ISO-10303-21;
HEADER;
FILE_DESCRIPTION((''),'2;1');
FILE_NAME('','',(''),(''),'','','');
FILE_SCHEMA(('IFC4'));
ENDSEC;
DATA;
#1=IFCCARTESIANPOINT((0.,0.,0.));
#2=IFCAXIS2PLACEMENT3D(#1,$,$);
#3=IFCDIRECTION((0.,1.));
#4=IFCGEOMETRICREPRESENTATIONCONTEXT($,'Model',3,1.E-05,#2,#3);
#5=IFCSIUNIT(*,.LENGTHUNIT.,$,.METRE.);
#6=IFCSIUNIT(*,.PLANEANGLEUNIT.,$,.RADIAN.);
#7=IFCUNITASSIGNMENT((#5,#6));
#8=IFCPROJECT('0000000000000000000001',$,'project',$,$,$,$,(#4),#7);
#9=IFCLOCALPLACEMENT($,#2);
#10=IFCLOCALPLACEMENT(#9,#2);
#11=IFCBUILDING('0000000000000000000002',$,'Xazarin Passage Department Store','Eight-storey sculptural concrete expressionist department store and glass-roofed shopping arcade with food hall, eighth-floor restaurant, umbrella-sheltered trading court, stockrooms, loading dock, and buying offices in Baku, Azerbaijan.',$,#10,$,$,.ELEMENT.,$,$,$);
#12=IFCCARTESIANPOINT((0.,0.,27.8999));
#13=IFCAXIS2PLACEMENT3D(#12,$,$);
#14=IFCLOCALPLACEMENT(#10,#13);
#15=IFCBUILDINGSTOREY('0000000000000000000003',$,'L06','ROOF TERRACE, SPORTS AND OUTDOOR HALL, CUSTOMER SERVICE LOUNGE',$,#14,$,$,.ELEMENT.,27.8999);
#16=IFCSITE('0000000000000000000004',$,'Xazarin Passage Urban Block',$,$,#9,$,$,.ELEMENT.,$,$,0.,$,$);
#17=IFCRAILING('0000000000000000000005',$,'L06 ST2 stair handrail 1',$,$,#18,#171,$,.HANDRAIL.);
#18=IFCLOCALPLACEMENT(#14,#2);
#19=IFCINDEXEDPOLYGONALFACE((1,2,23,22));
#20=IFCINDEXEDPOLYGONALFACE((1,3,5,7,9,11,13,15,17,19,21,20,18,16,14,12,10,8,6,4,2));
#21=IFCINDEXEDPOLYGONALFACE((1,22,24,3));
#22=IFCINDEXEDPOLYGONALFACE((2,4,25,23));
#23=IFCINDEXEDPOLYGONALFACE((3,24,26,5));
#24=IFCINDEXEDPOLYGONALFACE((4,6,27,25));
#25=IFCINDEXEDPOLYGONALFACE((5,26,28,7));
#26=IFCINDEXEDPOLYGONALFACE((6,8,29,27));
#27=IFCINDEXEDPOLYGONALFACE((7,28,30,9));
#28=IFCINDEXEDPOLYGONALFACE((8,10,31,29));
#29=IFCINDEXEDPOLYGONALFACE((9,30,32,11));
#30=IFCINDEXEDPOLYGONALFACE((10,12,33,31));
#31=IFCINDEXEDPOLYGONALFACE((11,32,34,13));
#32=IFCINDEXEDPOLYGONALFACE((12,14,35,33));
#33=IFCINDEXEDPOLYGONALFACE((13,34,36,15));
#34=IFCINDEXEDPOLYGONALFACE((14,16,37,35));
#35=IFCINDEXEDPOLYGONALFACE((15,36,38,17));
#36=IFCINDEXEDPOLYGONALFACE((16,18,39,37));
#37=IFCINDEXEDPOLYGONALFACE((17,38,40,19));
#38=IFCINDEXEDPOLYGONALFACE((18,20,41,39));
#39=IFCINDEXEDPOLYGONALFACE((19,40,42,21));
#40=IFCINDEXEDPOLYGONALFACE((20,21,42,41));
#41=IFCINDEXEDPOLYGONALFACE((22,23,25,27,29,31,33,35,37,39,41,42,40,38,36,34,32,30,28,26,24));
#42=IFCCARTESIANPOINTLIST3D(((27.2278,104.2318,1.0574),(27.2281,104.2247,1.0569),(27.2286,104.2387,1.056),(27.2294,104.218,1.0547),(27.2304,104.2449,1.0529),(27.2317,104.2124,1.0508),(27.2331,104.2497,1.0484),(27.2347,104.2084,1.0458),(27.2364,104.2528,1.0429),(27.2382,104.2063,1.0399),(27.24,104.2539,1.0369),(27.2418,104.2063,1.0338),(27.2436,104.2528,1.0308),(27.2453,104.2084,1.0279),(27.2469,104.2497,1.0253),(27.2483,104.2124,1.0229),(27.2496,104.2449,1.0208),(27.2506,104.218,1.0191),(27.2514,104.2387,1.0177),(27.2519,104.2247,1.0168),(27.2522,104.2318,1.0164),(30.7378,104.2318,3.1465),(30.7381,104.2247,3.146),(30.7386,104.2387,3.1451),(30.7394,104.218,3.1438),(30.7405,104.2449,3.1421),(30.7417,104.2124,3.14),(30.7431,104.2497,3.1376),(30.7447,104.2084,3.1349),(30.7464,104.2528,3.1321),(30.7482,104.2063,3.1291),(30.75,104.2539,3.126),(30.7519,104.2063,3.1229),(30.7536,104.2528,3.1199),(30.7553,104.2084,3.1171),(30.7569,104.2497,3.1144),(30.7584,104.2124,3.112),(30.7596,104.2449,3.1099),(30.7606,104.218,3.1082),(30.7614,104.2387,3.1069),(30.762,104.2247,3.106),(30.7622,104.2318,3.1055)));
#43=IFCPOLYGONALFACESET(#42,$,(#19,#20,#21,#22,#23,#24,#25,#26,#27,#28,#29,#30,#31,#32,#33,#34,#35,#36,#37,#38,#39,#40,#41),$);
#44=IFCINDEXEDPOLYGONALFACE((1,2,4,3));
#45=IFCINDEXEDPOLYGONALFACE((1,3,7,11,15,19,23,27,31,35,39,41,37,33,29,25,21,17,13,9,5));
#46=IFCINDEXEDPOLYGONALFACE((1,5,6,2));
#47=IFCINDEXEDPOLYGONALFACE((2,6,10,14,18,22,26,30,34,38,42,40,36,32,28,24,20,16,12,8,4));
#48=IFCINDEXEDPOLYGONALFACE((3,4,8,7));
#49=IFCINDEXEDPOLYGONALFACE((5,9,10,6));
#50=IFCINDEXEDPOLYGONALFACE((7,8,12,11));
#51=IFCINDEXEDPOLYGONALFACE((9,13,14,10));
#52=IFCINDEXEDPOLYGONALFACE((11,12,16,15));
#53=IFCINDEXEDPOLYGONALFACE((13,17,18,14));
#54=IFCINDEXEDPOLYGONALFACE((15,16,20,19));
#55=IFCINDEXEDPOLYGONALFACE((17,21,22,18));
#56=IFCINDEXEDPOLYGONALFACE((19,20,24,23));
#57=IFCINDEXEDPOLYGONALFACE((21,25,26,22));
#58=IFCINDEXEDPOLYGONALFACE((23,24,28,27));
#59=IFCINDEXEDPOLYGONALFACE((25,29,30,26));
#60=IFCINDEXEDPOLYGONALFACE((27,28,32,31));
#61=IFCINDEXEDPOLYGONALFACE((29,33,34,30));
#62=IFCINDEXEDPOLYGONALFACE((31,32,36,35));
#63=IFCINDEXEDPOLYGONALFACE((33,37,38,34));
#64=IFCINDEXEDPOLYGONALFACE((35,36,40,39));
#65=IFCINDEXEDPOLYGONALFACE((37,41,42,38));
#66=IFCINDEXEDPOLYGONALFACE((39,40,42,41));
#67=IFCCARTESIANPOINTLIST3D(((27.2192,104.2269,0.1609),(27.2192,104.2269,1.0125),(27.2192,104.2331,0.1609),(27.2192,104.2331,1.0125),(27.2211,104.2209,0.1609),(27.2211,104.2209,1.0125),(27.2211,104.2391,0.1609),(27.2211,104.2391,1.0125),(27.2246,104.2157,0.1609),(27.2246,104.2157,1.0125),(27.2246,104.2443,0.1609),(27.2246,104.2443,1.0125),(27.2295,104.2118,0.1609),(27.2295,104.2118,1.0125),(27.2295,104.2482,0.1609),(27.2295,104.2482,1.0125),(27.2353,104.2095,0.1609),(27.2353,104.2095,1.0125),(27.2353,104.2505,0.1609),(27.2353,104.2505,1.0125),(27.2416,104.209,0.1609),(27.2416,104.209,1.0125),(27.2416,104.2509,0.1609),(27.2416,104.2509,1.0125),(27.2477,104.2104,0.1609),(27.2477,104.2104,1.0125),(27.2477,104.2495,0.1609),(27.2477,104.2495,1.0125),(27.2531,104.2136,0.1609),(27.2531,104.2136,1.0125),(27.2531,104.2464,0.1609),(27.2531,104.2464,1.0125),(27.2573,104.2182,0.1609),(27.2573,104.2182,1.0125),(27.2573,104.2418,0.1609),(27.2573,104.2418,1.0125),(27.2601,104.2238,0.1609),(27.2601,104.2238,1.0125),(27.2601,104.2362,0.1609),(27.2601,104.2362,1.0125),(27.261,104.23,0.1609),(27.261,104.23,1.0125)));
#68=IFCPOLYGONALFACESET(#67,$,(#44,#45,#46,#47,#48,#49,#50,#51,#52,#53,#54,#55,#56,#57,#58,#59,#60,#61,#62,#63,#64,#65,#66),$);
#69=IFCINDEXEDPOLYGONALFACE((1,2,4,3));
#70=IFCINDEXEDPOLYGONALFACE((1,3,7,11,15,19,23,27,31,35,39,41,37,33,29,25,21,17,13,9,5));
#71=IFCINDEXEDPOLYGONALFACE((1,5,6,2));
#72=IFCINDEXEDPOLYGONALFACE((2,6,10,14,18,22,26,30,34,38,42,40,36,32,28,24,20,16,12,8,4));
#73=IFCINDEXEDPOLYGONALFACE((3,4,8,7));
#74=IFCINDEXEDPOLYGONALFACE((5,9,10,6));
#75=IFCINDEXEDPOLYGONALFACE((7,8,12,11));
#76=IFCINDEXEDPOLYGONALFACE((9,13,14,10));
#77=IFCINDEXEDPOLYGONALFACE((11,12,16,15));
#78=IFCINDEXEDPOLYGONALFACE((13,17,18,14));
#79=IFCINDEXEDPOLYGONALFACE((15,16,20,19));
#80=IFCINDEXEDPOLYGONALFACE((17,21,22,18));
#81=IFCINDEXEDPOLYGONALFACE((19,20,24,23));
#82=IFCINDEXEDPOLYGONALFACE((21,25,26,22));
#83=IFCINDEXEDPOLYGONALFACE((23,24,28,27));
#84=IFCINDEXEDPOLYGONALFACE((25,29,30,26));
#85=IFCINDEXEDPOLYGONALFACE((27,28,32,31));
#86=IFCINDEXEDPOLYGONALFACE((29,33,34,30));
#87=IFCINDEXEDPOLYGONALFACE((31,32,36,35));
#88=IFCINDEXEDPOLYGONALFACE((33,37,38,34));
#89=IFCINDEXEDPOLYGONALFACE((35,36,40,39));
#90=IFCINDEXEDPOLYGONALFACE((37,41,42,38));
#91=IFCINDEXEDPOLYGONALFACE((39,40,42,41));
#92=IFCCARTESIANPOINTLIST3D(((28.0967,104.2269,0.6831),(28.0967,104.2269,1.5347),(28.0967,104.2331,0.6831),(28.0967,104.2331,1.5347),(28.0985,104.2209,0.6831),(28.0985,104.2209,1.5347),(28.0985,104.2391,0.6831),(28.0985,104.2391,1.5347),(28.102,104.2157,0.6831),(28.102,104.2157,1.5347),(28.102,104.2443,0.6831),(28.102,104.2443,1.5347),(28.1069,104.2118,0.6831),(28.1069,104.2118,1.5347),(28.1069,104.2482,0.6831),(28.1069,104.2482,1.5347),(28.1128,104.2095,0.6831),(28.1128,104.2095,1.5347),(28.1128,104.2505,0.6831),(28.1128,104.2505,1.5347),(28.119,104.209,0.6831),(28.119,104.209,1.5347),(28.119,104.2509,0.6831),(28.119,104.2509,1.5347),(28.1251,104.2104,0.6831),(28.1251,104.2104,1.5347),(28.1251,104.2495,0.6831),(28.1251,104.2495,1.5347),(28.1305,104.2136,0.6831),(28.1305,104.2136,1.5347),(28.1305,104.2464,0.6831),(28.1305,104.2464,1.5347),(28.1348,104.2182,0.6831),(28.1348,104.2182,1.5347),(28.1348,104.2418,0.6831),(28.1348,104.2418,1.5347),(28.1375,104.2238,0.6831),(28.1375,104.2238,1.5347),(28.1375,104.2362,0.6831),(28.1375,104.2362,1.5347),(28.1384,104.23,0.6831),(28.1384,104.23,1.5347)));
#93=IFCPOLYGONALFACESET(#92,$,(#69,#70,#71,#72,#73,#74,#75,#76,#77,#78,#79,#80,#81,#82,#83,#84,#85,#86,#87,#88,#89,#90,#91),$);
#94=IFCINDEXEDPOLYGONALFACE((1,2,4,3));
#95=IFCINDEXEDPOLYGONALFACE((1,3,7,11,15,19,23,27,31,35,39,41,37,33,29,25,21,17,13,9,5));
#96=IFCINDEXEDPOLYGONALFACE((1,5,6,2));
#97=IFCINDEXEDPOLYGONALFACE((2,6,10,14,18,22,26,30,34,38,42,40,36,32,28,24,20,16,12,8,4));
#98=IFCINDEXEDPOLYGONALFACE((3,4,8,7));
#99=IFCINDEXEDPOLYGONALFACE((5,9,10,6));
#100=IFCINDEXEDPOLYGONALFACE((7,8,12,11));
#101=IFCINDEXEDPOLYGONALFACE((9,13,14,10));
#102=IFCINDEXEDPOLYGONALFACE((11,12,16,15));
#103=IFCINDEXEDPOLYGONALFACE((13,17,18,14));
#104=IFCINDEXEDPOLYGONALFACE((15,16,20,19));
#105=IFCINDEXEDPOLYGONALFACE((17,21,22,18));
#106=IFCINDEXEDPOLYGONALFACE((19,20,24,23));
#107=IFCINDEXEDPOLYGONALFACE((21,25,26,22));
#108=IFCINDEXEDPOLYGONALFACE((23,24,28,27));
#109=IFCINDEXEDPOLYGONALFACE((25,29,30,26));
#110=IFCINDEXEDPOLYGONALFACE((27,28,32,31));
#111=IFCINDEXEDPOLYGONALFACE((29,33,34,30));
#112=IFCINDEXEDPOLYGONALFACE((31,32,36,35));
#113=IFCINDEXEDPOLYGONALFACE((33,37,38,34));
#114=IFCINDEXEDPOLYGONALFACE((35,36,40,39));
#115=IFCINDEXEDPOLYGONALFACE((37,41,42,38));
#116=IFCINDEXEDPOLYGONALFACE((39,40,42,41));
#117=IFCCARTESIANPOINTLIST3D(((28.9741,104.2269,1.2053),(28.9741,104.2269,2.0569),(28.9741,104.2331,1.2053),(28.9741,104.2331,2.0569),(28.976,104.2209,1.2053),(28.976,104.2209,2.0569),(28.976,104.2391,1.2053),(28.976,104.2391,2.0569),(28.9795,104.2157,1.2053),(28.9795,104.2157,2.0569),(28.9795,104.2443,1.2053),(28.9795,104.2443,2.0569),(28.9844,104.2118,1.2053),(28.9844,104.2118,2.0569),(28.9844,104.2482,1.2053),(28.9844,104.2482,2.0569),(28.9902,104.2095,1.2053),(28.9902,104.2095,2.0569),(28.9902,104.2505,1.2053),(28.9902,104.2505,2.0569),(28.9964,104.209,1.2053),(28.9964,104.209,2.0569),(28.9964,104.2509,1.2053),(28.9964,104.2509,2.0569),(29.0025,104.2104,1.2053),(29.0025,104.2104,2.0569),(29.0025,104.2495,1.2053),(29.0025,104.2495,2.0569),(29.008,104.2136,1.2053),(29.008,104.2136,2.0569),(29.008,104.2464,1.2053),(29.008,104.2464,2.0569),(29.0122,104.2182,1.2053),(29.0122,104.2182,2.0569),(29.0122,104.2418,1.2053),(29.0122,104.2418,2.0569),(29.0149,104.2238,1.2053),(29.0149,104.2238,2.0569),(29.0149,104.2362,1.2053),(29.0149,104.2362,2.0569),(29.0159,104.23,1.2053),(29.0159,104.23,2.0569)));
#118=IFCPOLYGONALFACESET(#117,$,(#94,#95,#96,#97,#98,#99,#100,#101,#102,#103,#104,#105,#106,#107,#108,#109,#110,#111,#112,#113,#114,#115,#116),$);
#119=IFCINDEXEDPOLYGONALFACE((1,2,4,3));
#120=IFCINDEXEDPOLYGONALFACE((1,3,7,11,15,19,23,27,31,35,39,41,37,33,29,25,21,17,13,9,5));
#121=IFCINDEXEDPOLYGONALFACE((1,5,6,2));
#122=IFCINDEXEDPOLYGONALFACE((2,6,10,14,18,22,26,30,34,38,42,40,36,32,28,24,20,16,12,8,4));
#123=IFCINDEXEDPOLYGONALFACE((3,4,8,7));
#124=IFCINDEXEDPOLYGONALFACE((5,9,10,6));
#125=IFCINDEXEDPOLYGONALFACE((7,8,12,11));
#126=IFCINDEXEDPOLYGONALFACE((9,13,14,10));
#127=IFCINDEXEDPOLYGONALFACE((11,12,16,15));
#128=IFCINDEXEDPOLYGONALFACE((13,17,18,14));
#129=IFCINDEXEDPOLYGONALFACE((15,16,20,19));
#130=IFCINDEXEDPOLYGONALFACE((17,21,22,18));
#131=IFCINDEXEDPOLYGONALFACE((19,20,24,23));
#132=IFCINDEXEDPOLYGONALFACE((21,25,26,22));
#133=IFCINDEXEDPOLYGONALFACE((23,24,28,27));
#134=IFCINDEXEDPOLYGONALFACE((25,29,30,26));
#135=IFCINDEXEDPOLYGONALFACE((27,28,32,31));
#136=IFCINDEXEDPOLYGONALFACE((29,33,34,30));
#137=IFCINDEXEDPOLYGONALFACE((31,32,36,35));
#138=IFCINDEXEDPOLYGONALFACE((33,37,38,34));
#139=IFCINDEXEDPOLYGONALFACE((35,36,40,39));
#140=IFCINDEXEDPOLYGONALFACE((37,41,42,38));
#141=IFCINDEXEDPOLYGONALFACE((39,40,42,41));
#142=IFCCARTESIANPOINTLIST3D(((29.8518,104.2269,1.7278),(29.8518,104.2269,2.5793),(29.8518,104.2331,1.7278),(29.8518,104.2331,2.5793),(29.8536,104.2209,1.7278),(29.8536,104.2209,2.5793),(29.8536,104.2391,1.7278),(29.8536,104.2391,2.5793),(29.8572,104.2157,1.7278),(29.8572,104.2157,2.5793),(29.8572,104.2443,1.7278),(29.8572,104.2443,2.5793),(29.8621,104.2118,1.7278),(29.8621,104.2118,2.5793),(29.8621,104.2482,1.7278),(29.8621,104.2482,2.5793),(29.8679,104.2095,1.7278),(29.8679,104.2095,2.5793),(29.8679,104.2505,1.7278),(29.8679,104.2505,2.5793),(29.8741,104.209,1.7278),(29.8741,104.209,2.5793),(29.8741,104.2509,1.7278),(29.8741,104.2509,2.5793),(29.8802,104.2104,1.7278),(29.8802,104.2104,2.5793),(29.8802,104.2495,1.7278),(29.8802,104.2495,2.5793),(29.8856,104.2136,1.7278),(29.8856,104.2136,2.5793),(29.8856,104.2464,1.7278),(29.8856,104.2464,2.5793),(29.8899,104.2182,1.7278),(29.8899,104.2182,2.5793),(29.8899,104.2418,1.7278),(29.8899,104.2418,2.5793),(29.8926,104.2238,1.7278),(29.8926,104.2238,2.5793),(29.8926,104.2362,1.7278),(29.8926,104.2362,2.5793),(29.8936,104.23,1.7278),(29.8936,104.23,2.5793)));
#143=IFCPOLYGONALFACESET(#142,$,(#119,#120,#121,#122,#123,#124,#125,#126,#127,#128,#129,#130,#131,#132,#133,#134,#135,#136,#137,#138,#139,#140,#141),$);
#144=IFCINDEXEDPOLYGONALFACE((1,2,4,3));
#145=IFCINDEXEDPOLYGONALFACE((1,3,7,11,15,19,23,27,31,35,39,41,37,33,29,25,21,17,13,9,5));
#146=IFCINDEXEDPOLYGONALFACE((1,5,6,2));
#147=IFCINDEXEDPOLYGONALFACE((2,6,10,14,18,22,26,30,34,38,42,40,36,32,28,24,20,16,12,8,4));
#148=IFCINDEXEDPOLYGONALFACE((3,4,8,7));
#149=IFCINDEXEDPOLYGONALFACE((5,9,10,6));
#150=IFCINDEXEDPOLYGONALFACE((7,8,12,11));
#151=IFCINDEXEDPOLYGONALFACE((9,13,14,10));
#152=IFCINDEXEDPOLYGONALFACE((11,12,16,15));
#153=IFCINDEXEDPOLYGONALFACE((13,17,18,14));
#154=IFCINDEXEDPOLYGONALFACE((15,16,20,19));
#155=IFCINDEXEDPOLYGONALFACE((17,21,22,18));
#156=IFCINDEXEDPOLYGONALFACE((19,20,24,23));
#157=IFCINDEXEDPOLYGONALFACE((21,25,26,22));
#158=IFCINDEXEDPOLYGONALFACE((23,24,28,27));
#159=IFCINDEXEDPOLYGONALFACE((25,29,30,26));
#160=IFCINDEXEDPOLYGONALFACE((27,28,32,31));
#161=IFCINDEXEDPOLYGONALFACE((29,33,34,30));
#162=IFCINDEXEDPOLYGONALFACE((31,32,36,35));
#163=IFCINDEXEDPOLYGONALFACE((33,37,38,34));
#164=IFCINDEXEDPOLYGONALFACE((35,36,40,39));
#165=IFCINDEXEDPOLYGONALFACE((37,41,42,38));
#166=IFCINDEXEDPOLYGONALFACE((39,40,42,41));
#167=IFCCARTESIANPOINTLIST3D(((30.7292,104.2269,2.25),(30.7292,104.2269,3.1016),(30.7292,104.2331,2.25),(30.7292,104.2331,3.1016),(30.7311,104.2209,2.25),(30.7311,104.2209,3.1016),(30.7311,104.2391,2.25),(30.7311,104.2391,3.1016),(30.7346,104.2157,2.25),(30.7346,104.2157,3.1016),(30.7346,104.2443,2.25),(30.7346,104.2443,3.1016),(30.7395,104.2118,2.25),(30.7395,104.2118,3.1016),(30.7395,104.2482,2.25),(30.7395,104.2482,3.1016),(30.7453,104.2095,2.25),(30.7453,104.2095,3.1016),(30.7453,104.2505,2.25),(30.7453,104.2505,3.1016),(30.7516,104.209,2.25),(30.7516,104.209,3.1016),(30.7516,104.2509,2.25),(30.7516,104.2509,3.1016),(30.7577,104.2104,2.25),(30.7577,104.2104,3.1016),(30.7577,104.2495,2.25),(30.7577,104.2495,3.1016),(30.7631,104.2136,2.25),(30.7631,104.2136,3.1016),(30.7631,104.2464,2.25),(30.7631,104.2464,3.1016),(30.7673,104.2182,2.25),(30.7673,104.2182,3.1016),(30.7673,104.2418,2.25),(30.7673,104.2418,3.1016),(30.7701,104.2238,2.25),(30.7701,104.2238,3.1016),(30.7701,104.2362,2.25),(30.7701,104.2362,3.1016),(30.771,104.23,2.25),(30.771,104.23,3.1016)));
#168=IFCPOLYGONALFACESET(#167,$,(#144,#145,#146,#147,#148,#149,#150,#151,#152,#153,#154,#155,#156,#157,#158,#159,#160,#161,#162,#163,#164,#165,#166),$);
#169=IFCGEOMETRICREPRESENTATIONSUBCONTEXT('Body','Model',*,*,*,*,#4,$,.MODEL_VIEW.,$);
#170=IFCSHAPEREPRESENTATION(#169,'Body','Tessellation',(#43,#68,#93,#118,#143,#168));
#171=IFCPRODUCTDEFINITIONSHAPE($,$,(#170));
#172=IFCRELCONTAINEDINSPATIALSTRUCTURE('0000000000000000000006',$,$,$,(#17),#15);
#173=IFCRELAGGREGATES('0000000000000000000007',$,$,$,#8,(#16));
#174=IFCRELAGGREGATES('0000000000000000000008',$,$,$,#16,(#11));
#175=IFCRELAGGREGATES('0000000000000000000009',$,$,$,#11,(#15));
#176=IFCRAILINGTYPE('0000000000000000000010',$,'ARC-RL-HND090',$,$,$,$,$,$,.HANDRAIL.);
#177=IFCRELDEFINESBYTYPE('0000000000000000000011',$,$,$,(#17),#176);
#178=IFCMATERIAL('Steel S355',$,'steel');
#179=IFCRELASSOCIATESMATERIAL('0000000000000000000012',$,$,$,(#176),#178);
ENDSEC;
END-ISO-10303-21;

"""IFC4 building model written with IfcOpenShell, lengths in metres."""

from ifc_helpers import new_model, si_unit, direction, frame, origin, origin_2d, place, context, subcontext, project, spatial, circle, extrude, material, type_object, element, save


model = new_model("IFC4")

# Units and contexts
model_context = context("Model", 3, precision=1e-05, world=origin(), true_north=direction((0.0, 1.0)))
body_context = subcontext(model_context, "Body", "Model", "MODEL_VIEW")
ifc_project = project(units=[si_unit("LENGTHUNIT", "METRE"), si_unit("PLANEANGLEUNIT", "RADIAN")], contexts=[model_context])

# Site, building, storey
site_placement = place(None, origin())
site = spatial("IfcSite", under=ifc_project, at=site_placement, Name="Xazarin Passage Urban Block", CompositionType="ELEMENT", RefElevation=0.0)
building_placement = place(site_placement, origin())
building = spatial("IfcBuilding", under=site, at=building_placement, Name="Xazarin Passage Department Store", Description="Eight-storey sculptural concrete expressionist department store and glass-roofed shopping arcade with food hall, eighth-floor restaurant, umbrella-sheltered trading court, stockrooms, loading dock, and buying offices in Baku, Azerbaijan.", CompositionType="ELEMENT")
storey_placement = place(building_placement, frame((0.0, 0.0, 27.8999)))
storey = spatial("IfcBuildingStorey", under=building, at=storey_placement, Name="L06", Description="ROOF TERRACE, SPORTS AND OUTDOOR HALL, CUSTOMER SERVICE LOUNGE", CompositionType="ELEMENT", Elevation=27.8999)

# Railing
ifc_material_1 = material(Name="Steel S355", Category="steel")
railing_type_1 = type_object("IfcRailingType", Name="ARC-RL-HND090", PredefinedType="HANDRAIL", material=ifc_material_1)
railing_1_placement = place(storey_placement, frame((27.24, 104.23, 0.1609)))
element("IfcRailing", 1, at=railing_1_placement, inside=storey, type_object=railing_type_1, Name="L06 ST2 stair handrail 1", PredefinedType="HANDRAIL", context=body_context, shape_type="SweptSolid", body=[
    extrude(circle(Radius=0.0239, at=origin_2d()), frame((0.0, 0.0, 0.876), z_axis=(0.859312, 0.0, 0.511451), x_axis=(0.0, 1.0, 0.0)), (0.0, 0.0, 1.0), 4.0847),
    extrude(circle(Radius=0.021, at=origin_2d()), origin(), (0.0, 0.0, 1.0), 0.8516),
    extrude(circle(Radius=0.021, at=origin_2d()), frame((0.8774, 0.0, 0.5222)), (0.0, 0.0, 1.0), 0.8516),
    extrude(circle(Radius=0.021, at=origin_2d()), frame((1.7549, 0.0, 1.0444)), (0.0, 0.0, 1.0), 0.8516),
    extrude(circle(Radius=0.021, at=origin_2d()), frame((2.6326, 0.0, 1.5669)), (0.0, 0.0, 1.0), 0.8516),
    extrude(circle(Radius=0.021, at=origin_2d()), frame((3.51, 0.0, 2.0891)), (0.0, 0.0, 1.0), 0.8516),
])

save(model, "model.ifc")
